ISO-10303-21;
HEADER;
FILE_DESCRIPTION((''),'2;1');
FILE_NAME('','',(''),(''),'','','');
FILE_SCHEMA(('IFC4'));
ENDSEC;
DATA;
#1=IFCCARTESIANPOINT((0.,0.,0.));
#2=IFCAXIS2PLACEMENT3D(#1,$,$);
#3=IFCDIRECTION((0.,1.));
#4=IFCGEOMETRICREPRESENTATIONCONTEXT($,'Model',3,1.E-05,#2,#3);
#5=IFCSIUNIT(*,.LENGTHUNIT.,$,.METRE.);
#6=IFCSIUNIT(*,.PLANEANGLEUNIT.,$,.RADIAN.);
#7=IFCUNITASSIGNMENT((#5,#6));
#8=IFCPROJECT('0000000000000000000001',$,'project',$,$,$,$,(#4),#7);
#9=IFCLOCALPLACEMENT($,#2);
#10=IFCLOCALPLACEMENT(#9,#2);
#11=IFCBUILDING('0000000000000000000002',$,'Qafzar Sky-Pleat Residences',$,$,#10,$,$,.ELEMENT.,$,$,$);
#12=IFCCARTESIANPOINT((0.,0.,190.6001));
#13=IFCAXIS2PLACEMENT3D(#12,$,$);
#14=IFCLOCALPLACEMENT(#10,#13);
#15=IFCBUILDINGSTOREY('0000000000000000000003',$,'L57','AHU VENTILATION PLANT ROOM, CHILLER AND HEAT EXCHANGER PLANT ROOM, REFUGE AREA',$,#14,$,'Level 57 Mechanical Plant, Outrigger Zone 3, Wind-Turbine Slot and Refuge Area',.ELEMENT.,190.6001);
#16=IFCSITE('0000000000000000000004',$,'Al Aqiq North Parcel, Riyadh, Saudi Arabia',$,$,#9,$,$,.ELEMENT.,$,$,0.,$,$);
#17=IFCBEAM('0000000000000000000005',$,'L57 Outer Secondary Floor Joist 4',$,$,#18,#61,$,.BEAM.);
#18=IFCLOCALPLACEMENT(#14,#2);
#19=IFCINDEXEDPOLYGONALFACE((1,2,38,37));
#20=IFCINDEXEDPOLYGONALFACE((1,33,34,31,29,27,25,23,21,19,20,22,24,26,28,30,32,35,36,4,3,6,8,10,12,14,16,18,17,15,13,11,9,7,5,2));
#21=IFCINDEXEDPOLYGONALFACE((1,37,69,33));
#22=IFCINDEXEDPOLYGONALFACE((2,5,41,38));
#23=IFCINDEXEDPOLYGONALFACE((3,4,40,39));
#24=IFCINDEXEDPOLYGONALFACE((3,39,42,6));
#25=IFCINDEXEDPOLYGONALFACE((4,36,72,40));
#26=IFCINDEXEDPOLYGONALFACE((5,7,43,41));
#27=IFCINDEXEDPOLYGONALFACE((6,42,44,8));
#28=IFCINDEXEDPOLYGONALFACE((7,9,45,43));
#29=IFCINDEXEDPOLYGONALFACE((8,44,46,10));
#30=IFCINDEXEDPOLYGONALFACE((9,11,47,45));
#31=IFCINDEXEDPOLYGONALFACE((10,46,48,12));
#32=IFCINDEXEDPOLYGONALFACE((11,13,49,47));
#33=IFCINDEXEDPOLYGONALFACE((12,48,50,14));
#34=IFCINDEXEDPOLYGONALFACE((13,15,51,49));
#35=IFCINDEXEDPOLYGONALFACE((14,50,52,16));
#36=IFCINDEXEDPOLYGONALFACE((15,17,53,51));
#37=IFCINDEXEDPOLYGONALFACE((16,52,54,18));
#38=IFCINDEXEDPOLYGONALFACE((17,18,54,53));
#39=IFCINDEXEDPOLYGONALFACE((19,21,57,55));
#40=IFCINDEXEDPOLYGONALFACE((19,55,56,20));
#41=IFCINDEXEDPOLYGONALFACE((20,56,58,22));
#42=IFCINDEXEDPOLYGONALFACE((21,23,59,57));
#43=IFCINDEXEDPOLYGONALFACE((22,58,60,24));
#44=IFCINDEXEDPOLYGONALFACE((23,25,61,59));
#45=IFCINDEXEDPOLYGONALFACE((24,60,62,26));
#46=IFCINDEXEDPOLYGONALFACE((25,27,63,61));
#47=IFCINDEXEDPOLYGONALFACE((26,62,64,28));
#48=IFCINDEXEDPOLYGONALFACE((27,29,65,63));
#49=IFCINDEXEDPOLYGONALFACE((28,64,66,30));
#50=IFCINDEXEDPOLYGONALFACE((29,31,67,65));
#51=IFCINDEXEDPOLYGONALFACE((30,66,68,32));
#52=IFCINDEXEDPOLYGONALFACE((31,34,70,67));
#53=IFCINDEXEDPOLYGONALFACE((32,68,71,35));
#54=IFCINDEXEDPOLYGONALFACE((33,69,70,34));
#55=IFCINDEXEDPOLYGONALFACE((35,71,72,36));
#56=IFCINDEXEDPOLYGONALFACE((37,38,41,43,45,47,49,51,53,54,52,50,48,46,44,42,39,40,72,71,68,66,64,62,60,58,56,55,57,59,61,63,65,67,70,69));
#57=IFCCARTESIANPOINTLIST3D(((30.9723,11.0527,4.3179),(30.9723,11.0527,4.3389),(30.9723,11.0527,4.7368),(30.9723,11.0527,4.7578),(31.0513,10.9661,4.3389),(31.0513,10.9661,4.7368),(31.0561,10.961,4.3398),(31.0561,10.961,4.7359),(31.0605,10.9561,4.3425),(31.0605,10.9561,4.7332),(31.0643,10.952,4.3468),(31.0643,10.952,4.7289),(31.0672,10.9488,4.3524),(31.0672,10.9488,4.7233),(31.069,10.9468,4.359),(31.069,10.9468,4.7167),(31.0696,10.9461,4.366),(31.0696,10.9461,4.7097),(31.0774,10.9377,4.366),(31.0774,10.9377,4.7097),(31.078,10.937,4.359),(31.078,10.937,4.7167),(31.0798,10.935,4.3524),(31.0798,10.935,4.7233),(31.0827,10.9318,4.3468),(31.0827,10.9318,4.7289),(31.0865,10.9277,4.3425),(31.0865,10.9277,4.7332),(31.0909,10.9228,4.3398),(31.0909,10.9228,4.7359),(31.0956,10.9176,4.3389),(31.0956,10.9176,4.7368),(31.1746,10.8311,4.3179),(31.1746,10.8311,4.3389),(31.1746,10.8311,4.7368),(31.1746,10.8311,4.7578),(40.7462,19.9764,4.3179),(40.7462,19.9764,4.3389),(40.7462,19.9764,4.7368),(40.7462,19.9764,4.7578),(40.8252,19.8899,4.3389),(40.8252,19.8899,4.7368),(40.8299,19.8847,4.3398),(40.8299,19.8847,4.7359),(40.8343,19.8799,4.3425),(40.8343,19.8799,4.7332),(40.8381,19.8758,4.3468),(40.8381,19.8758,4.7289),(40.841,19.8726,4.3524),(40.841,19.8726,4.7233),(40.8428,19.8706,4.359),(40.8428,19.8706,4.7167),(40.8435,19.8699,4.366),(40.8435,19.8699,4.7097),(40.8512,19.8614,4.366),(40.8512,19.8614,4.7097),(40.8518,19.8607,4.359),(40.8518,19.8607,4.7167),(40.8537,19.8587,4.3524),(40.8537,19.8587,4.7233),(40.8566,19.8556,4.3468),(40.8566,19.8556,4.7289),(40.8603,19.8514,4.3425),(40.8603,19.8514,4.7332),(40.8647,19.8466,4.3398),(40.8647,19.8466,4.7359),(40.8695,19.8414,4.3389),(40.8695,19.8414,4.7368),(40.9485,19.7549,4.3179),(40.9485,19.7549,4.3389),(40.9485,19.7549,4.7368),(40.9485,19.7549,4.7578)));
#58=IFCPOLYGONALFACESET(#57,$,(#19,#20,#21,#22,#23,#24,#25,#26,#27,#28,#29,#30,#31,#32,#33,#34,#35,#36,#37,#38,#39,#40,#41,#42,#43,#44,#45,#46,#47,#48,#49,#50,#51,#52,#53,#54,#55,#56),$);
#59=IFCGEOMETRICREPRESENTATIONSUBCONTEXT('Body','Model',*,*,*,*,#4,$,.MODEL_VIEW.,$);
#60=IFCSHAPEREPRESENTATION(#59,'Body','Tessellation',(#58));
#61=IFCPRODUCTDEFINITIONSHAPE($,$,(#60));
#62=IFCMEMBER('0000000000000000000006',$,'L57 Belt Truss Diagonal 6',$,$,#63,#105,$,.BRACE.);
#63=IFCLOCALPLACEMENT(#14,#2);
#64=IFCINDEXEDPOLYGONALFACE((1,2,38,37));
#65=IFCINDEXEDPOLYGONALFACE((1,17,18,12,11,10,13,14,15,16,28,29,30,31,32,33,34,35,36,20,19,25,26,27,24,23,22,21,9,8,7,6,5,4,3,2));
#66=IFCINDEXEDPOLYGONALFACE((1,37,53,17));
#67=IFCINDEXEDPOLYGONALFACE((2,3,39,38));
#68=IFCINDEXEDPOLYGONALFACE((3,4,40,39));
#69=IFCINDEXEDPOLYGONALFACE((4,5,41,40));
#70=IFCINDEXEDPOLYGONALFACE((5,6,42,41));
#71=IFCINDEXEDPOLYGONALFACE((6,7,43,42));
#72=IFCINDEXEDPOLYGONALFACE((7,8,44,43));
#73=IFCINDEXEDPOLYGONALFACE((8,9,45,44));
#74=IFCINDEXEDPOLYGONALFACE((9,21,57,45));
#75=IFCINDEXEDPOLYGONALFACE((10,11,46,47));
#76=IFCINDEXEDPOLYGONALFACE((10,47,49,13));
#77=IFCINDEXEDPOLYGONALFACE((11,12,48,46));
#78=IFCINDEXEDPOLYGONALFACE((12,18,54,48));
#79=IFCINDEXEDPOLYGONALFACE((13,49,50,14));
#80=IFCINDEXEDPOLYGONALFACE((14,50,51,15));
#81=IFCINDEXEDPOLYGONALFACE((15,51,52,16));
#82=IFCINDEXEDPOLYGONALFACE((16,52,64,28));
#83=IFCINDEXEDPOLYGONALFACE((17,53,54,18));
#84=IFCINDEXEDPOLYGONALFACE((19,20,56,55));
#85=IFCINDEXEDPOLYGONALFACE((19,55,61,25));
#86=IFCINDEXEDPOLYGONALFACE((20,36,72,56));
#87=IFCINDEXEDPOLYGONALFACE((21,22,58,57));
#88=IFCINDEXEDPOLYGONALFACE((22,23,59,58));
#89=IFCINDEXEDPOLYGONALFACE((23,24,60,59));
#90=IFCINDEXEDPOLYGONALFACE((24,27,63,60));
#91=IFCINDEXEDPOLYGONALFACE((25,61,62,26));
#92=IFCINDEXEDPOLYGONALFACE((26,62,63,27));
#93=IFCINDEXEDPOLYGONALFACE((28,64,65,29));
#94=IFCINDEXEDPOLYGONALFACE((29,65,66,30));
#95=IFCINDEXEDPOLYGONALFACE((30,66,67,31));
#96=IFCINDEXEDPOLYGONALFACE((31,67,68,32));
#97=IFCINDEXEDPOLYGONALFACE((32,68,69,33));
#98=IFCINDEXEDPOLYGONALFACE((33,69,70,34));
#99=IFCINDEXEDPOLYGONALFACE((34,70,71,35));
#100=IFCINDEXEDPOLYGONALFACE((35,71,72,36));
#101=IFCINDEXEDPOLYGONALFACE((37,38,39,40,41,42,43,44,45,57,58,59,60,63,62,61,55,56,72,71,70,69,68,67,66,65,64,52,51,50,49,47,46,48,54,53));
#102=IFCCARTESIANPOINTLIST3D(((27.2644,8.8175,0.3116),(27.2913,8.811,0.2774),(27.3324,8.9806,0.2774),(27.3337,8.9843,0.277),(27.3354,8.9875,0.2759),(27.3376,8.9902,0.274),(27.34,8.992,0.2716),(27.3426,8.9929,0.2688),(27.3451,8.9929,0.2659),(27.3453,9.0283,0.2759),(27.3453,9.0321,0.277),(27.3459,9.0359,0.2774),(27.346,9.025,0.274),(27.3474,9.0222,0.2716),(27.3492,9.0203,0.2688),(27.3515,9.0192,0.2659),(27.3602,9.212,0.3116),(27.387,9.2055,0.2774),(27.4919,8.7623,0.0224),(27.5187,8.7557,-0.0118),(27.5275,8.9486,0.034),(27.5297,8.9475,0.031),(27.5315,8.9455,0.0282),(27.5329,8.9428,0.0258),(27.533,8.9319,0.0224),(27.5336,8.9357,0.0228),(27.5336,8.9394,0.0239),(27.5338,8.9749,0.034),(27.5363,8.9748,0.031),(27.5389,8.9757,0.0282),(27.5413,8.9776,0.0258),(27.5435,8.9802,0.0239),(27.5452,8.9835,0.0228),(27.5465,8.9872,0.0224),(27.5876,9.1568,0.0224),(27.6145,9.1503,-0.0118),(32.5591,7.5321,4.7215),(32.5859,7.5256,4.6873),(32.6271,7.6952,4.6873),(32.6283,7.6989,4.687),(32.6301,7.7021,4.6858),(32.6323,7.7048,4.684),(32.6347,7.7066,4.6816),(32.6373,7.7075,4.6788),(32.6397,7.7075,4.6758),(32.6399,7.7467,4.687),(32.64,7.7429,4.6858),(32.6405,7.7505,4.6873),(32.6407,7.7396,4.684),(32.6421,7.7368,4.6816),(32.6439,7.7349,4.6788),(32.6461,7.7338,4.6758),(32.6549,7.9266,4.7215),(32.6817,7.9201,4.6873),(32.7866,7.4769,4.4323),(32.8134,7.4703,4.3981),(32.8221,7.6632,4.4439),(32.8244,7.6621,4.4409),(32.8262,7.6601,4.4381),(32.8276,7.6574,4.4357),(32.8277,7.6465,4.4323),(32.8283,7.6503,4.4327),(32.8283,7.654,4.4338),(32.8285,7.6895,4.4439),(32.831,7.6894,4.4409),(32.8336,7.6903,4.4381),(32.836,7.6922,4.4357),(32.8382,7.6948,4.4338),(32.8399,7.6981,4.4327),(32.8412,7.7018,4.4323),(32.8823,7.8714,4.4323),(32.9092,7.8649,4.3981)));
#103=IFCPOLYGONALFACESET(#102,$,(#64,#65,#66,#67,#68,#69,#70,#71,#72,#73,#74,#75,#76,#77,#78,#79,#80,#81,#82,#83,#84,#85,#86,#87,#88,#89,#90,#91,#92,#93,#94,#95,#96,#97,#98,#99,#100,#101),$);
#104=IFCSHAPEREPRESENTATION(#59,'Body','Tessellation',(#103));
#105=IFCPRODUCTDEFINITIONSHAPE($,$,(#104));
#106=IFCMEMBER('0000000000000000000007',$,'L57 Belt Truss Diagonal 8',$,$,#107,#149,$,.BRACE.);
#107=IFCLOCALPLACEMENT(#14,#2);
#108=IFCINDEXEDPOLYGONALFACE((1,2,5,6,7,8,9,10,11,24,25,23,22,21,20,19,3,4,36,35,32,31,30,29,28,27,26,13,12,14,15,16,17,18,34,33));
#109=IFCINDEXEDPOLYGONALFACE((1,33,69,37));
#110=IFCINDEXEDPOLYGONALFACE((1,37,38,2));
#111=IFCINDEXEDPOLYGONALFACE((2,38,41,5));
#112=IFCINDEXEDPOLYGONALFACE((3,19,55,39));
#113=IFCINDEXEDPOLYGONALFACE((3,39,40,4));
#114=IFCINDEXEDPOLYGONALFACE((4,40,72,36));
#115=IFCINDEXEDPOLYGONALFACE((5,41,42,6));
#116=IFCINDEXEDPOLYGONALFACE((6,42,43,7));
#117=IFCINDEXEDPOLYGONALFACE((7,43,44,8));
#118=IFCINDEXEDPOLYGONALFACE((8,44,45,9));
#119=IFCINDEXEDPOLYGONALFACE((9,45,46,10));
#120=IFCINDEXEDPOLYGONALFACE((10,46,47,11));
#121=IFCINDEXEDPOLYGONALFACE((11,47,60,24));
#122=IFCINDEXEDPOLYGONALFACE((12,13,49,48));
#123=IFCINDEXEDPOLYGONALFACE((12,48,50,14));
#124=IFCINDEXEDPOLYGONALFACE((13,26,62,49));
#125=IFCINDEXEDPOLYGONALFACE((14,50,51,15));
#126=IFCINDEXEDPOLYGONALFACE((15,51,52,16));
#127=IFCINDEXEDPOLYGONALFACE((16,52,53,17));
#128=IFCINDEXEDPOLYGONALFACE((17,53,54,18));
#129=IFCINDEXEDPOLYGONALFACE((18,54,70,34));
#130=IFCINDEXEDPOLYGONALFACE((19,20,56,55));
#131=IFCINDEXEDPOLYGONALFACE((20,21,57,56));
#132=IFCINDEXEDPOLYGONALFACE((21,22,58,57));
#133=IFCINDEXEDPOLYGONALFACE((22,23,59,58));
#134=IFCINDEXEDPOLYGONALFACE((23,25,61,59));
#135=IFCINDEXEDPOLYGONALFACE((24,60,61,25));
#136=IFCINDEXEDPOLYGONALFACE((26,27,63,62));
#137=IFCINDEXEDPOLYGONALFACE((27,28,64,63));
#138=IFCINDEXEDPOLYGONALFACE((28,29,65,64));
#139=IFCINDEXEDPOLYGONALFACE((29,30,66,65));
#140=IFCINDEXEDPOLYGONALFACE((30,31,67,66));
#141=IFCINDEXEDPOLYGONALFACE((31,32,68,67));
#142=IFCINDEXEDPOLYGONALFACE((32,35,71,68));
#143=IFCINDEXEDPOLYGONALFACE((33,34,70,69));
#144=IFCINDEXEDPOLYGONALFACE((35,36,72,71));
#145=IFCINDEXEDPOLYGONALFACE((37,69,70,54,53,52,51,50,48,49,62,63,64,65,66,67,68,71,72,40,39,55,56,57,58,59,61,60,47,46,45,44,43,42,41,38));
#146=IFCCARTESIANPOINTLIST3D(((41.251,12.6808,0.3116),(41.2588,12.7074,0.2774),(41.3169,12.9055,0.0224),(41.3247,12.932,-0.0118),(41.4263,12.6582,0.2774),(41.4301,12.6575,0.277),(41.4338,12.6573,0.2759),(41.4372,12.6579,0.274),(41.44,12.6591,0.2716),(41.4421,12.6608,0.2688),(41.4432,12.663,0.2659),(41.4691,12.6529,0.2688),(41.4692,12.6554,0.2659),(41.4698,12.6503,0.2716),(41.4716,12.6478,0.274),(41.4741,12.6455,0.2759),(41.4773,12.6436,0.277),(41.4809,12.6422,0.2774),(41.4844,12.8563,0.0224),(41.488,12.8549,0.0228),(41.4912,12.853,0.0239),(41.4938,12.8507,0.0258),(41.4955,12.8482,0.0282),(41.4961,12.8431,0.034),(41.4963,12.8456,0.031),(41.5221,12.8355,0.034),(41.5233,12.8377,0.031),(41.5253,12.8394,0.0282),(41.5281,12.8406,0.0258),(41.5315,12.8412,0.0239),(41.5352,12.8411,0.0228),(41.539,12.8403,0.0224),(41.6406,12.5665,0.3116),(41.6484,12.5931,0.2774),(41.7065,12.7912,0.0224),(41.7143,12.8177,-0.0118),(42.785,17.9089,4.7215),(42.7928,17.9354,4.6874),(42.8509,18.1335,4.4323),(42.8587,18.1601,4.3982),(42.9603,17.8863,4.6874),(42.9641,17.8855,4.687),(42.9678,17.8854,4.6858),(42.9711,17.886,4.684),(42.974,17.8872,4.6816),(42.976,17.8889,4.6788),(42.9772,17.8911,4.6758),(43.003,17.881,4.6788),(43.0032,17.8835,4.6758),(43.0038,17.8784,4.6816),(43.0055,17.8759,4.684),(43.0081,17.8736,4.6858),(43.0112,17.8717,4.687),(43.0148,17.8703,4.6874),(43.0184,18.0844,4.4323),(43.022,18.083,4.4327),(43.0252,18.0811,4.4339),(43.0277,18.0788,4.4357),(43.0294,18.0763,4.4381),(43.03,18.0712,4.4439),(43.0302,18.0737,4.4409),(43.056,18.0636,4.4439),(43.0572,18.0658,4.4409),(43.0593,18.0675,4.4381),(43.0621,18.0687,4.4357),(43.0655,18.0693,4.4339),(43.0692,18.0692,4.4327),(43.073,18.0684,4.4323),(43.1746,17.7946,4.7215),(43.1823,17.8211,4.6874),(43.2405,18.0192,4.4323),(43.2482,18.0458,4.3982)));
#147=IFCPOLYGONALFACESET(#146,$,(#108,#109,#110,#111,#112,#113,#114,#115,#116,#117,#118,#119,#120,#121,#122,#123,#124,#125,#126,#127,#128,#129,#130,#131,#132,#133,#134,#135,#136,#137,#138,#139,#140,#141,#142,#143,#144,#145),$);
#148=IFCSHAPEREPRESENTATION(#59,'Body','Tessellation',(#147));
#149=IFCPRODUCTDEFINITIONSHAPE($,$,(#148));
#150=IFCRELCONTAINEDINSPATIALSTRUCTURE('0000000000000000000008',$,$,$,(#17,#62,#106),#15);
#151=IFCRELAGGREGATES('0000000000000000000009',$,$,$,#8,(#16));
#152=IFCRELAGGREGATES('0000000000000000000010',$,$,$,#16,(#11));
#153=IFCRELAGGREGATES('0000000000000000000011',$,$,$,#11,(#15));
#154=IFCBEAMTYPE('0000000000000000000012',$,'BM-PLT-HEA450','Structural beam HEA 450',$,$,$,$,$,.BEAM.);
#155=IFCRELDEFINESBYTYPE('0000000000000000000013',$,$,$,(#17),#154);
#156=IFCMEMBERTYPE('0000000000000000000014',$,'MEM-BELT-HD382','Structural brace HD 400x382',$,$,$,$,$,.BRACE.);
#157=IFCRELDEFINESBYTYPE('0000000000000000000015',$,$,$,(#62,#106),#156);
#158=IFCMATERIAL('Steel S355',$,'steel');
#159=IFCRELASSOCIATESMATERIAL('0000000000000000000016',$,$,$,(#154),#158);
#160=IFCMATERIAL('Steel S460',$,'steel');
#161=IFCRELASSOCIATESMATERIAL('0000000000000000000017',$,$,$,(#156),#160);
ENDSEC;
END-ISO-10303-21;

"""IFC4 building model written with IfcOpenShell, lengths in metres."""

from ifc_helpers import new_model, si_unit, direction, frame, origin, origin_2d, place, context, subcontext, project, spatial, i_section, extrude, source, transform, mapped, material, material_profile, profile_set, type_object, element, save


model = new_model("IFC4")

# Units and contexts
model_context = context("Model", 3, precision=1e-05, world=origin(), true_north=direction((0.0, 1.0)))
body_context = subcontext(model_context, "Body", "Model", "MODEL_VIEW")
ifc_project = project(units=[si_unit("LENGTHUNIT", "METRE"), si_unit("PLANEANGLEUNIT", "RADIAN")], contexts=[model_context])

# Site, building, storey
site_placement = place(None, origin())
site = spatial("IfcSite", under=ifc_project, at=site_placement, Name="Al Aqiq North Parcel, Riyadh, Saudi Arabia", CompositionType="ELEMENT", RefElevation=0.0)
building_placement = place(site_placement, origin())
building = spatial("IfcBuilding", under=site, at=building_placement, Name="Qafzar Sky-Pleat Residences", CompositionType="ELEMENT")
storey_placement = place(building_placement, frame((0.0, 0.0, 190.6001)))
storey = spatial("IfcBuildingStorey", under=building, at=storey_placement, Name="L57", Description="AHU VENTILATION PLANT ROOM, CHILLER AND HEAT EXCHANGER PLANT ROOM, REFUGE AREA", LongName="Level 57 Mechanical Plant, Outrigger Zone 3, Wind-Turbine Slot and Refuge Area", CompositionType="ELEMENT", Elevation=190.6001)

# Shared definitions
ifc_material_1 = material(Name="Steel S355", Category="steel")

# Beam
ifc_material_2 = material(Name="Steel S460", Category="steel")
ifc_material_profile_1 = material_profile(ifc_material_1, i_section(OverallWidth=0.3, OverallDepth=0.4399, WebThickness=0.0115, FlangeThickness=0.021, FilletRadius=0.0271, at=origin_2d()), Name="HEA 450")
ifc_profile_set_1 = profile_set([ifc_material_profile_1], Name="Steel S355")
beam_type_1 = type_object("IfcBeamType", Name="BM-PLT-HEA450", Description="Structural beam HEA 450", PredefinedType="BEAM", material=ifc_profile_set_1)
shared_shape_1 = source(origin(), body_context, "Body", "SweptSolid", [
    extrude(i_section(OverallWidth=0.3, OverallDepth=0.4399, WebThickness=0.0115, FlangeThickness=0.021, FilletRadius=0.0271, at=origin_2d()), origin(), (0.0, 0.0, 1.0), 13.2349),
])
beam_1_placement = place(storey_placement, frame((31.0735, 10.9419, 4.5378), z_axis=(0.738493, 0.674261, 0.0), x_axis=(-0.674261, 0.738493, 0.0)))
element("IfcBeam", 1, at=beam_1_placement, inside=storey, type_object=beam_type_1, Name="L57 Outer Secondary Floor Joist 4", PredefinedType="BEAM", context=body_context, shape_type="MappedRepresentation", body=[
    mapped(shared_shape_1, transform((0.0, 0.0, 0.0), x_axis=(1.0, 0.0, 0.0), y_axis=(0.0, 1.0, 0.0), z_axis=(0.0, 0.0, 1.0), scale=1.0)),
])

# Members
ifc_material_profile_2 = material_profile(ifc_material_2, i_section(OverallWidth=0.406, OverallDepth=0.416, WebThickness=0.0271, FlangeThickness=0.0439, FilletRadius=0.0149, at=origin_2d()), Name="HD 400x382")
ifc_profile_set_2 = profile_set([ifc_material_profile_2], Name="Steel S460")
member_type_1 = type_object("IfcMemberType", Name="MEM-BELT-HD382", Description="Structural brace HD 400x382", PredefinedType="BRACE", material=ifc_profile_set_2)
shared_shape_2 = source(origin(), body_context, "Body", "SweptSolid", [
    extrude(i_section(OverallWidth=0.406, OverallDepth=0.416, WebThickness=0.0271, FlangeThickness=0.0439, FilletRadius=0.0149, at=origin_2d()), origin(), (0.0, 0.0, 1.0), 7.0095),
])
for number, where, z_axis, x_axis, name in (
    (2, (27.4395, 8.9839, 0.1499), (0.755357, -0.18338, 0.629133), (0.235919, 0.971773, 0.0), "L57 Belt Truss Diagonal 6"),
    (3, (41.4827, 12.7493, 0.1499), (0.218838, 0.745853, 0.629137), (-0.95955, 0.281538, 0.0), "L57 Belt Truss Diagonal 8"),
):
    element("IfcMember", number, at=place(storey_placement, frame(where, z_axis=z_axis, x_axis=x_axis)), inside=storey, type_object=member_type_1, Name=name, PredefinedType="BRACE", context=body_context, shape_type="MappedRepresentation", body=[
        mapped(shared_shape_2, transform((0.0, 0.0, 0.0), x_axis=(1.0, 0.0, 0.0), y_axis=(0.0, 1.0, 0.0), z_axis=(0.0, 0.0, 1.0), scale=1.0)),
    ])

save(model, "model.ifc")
